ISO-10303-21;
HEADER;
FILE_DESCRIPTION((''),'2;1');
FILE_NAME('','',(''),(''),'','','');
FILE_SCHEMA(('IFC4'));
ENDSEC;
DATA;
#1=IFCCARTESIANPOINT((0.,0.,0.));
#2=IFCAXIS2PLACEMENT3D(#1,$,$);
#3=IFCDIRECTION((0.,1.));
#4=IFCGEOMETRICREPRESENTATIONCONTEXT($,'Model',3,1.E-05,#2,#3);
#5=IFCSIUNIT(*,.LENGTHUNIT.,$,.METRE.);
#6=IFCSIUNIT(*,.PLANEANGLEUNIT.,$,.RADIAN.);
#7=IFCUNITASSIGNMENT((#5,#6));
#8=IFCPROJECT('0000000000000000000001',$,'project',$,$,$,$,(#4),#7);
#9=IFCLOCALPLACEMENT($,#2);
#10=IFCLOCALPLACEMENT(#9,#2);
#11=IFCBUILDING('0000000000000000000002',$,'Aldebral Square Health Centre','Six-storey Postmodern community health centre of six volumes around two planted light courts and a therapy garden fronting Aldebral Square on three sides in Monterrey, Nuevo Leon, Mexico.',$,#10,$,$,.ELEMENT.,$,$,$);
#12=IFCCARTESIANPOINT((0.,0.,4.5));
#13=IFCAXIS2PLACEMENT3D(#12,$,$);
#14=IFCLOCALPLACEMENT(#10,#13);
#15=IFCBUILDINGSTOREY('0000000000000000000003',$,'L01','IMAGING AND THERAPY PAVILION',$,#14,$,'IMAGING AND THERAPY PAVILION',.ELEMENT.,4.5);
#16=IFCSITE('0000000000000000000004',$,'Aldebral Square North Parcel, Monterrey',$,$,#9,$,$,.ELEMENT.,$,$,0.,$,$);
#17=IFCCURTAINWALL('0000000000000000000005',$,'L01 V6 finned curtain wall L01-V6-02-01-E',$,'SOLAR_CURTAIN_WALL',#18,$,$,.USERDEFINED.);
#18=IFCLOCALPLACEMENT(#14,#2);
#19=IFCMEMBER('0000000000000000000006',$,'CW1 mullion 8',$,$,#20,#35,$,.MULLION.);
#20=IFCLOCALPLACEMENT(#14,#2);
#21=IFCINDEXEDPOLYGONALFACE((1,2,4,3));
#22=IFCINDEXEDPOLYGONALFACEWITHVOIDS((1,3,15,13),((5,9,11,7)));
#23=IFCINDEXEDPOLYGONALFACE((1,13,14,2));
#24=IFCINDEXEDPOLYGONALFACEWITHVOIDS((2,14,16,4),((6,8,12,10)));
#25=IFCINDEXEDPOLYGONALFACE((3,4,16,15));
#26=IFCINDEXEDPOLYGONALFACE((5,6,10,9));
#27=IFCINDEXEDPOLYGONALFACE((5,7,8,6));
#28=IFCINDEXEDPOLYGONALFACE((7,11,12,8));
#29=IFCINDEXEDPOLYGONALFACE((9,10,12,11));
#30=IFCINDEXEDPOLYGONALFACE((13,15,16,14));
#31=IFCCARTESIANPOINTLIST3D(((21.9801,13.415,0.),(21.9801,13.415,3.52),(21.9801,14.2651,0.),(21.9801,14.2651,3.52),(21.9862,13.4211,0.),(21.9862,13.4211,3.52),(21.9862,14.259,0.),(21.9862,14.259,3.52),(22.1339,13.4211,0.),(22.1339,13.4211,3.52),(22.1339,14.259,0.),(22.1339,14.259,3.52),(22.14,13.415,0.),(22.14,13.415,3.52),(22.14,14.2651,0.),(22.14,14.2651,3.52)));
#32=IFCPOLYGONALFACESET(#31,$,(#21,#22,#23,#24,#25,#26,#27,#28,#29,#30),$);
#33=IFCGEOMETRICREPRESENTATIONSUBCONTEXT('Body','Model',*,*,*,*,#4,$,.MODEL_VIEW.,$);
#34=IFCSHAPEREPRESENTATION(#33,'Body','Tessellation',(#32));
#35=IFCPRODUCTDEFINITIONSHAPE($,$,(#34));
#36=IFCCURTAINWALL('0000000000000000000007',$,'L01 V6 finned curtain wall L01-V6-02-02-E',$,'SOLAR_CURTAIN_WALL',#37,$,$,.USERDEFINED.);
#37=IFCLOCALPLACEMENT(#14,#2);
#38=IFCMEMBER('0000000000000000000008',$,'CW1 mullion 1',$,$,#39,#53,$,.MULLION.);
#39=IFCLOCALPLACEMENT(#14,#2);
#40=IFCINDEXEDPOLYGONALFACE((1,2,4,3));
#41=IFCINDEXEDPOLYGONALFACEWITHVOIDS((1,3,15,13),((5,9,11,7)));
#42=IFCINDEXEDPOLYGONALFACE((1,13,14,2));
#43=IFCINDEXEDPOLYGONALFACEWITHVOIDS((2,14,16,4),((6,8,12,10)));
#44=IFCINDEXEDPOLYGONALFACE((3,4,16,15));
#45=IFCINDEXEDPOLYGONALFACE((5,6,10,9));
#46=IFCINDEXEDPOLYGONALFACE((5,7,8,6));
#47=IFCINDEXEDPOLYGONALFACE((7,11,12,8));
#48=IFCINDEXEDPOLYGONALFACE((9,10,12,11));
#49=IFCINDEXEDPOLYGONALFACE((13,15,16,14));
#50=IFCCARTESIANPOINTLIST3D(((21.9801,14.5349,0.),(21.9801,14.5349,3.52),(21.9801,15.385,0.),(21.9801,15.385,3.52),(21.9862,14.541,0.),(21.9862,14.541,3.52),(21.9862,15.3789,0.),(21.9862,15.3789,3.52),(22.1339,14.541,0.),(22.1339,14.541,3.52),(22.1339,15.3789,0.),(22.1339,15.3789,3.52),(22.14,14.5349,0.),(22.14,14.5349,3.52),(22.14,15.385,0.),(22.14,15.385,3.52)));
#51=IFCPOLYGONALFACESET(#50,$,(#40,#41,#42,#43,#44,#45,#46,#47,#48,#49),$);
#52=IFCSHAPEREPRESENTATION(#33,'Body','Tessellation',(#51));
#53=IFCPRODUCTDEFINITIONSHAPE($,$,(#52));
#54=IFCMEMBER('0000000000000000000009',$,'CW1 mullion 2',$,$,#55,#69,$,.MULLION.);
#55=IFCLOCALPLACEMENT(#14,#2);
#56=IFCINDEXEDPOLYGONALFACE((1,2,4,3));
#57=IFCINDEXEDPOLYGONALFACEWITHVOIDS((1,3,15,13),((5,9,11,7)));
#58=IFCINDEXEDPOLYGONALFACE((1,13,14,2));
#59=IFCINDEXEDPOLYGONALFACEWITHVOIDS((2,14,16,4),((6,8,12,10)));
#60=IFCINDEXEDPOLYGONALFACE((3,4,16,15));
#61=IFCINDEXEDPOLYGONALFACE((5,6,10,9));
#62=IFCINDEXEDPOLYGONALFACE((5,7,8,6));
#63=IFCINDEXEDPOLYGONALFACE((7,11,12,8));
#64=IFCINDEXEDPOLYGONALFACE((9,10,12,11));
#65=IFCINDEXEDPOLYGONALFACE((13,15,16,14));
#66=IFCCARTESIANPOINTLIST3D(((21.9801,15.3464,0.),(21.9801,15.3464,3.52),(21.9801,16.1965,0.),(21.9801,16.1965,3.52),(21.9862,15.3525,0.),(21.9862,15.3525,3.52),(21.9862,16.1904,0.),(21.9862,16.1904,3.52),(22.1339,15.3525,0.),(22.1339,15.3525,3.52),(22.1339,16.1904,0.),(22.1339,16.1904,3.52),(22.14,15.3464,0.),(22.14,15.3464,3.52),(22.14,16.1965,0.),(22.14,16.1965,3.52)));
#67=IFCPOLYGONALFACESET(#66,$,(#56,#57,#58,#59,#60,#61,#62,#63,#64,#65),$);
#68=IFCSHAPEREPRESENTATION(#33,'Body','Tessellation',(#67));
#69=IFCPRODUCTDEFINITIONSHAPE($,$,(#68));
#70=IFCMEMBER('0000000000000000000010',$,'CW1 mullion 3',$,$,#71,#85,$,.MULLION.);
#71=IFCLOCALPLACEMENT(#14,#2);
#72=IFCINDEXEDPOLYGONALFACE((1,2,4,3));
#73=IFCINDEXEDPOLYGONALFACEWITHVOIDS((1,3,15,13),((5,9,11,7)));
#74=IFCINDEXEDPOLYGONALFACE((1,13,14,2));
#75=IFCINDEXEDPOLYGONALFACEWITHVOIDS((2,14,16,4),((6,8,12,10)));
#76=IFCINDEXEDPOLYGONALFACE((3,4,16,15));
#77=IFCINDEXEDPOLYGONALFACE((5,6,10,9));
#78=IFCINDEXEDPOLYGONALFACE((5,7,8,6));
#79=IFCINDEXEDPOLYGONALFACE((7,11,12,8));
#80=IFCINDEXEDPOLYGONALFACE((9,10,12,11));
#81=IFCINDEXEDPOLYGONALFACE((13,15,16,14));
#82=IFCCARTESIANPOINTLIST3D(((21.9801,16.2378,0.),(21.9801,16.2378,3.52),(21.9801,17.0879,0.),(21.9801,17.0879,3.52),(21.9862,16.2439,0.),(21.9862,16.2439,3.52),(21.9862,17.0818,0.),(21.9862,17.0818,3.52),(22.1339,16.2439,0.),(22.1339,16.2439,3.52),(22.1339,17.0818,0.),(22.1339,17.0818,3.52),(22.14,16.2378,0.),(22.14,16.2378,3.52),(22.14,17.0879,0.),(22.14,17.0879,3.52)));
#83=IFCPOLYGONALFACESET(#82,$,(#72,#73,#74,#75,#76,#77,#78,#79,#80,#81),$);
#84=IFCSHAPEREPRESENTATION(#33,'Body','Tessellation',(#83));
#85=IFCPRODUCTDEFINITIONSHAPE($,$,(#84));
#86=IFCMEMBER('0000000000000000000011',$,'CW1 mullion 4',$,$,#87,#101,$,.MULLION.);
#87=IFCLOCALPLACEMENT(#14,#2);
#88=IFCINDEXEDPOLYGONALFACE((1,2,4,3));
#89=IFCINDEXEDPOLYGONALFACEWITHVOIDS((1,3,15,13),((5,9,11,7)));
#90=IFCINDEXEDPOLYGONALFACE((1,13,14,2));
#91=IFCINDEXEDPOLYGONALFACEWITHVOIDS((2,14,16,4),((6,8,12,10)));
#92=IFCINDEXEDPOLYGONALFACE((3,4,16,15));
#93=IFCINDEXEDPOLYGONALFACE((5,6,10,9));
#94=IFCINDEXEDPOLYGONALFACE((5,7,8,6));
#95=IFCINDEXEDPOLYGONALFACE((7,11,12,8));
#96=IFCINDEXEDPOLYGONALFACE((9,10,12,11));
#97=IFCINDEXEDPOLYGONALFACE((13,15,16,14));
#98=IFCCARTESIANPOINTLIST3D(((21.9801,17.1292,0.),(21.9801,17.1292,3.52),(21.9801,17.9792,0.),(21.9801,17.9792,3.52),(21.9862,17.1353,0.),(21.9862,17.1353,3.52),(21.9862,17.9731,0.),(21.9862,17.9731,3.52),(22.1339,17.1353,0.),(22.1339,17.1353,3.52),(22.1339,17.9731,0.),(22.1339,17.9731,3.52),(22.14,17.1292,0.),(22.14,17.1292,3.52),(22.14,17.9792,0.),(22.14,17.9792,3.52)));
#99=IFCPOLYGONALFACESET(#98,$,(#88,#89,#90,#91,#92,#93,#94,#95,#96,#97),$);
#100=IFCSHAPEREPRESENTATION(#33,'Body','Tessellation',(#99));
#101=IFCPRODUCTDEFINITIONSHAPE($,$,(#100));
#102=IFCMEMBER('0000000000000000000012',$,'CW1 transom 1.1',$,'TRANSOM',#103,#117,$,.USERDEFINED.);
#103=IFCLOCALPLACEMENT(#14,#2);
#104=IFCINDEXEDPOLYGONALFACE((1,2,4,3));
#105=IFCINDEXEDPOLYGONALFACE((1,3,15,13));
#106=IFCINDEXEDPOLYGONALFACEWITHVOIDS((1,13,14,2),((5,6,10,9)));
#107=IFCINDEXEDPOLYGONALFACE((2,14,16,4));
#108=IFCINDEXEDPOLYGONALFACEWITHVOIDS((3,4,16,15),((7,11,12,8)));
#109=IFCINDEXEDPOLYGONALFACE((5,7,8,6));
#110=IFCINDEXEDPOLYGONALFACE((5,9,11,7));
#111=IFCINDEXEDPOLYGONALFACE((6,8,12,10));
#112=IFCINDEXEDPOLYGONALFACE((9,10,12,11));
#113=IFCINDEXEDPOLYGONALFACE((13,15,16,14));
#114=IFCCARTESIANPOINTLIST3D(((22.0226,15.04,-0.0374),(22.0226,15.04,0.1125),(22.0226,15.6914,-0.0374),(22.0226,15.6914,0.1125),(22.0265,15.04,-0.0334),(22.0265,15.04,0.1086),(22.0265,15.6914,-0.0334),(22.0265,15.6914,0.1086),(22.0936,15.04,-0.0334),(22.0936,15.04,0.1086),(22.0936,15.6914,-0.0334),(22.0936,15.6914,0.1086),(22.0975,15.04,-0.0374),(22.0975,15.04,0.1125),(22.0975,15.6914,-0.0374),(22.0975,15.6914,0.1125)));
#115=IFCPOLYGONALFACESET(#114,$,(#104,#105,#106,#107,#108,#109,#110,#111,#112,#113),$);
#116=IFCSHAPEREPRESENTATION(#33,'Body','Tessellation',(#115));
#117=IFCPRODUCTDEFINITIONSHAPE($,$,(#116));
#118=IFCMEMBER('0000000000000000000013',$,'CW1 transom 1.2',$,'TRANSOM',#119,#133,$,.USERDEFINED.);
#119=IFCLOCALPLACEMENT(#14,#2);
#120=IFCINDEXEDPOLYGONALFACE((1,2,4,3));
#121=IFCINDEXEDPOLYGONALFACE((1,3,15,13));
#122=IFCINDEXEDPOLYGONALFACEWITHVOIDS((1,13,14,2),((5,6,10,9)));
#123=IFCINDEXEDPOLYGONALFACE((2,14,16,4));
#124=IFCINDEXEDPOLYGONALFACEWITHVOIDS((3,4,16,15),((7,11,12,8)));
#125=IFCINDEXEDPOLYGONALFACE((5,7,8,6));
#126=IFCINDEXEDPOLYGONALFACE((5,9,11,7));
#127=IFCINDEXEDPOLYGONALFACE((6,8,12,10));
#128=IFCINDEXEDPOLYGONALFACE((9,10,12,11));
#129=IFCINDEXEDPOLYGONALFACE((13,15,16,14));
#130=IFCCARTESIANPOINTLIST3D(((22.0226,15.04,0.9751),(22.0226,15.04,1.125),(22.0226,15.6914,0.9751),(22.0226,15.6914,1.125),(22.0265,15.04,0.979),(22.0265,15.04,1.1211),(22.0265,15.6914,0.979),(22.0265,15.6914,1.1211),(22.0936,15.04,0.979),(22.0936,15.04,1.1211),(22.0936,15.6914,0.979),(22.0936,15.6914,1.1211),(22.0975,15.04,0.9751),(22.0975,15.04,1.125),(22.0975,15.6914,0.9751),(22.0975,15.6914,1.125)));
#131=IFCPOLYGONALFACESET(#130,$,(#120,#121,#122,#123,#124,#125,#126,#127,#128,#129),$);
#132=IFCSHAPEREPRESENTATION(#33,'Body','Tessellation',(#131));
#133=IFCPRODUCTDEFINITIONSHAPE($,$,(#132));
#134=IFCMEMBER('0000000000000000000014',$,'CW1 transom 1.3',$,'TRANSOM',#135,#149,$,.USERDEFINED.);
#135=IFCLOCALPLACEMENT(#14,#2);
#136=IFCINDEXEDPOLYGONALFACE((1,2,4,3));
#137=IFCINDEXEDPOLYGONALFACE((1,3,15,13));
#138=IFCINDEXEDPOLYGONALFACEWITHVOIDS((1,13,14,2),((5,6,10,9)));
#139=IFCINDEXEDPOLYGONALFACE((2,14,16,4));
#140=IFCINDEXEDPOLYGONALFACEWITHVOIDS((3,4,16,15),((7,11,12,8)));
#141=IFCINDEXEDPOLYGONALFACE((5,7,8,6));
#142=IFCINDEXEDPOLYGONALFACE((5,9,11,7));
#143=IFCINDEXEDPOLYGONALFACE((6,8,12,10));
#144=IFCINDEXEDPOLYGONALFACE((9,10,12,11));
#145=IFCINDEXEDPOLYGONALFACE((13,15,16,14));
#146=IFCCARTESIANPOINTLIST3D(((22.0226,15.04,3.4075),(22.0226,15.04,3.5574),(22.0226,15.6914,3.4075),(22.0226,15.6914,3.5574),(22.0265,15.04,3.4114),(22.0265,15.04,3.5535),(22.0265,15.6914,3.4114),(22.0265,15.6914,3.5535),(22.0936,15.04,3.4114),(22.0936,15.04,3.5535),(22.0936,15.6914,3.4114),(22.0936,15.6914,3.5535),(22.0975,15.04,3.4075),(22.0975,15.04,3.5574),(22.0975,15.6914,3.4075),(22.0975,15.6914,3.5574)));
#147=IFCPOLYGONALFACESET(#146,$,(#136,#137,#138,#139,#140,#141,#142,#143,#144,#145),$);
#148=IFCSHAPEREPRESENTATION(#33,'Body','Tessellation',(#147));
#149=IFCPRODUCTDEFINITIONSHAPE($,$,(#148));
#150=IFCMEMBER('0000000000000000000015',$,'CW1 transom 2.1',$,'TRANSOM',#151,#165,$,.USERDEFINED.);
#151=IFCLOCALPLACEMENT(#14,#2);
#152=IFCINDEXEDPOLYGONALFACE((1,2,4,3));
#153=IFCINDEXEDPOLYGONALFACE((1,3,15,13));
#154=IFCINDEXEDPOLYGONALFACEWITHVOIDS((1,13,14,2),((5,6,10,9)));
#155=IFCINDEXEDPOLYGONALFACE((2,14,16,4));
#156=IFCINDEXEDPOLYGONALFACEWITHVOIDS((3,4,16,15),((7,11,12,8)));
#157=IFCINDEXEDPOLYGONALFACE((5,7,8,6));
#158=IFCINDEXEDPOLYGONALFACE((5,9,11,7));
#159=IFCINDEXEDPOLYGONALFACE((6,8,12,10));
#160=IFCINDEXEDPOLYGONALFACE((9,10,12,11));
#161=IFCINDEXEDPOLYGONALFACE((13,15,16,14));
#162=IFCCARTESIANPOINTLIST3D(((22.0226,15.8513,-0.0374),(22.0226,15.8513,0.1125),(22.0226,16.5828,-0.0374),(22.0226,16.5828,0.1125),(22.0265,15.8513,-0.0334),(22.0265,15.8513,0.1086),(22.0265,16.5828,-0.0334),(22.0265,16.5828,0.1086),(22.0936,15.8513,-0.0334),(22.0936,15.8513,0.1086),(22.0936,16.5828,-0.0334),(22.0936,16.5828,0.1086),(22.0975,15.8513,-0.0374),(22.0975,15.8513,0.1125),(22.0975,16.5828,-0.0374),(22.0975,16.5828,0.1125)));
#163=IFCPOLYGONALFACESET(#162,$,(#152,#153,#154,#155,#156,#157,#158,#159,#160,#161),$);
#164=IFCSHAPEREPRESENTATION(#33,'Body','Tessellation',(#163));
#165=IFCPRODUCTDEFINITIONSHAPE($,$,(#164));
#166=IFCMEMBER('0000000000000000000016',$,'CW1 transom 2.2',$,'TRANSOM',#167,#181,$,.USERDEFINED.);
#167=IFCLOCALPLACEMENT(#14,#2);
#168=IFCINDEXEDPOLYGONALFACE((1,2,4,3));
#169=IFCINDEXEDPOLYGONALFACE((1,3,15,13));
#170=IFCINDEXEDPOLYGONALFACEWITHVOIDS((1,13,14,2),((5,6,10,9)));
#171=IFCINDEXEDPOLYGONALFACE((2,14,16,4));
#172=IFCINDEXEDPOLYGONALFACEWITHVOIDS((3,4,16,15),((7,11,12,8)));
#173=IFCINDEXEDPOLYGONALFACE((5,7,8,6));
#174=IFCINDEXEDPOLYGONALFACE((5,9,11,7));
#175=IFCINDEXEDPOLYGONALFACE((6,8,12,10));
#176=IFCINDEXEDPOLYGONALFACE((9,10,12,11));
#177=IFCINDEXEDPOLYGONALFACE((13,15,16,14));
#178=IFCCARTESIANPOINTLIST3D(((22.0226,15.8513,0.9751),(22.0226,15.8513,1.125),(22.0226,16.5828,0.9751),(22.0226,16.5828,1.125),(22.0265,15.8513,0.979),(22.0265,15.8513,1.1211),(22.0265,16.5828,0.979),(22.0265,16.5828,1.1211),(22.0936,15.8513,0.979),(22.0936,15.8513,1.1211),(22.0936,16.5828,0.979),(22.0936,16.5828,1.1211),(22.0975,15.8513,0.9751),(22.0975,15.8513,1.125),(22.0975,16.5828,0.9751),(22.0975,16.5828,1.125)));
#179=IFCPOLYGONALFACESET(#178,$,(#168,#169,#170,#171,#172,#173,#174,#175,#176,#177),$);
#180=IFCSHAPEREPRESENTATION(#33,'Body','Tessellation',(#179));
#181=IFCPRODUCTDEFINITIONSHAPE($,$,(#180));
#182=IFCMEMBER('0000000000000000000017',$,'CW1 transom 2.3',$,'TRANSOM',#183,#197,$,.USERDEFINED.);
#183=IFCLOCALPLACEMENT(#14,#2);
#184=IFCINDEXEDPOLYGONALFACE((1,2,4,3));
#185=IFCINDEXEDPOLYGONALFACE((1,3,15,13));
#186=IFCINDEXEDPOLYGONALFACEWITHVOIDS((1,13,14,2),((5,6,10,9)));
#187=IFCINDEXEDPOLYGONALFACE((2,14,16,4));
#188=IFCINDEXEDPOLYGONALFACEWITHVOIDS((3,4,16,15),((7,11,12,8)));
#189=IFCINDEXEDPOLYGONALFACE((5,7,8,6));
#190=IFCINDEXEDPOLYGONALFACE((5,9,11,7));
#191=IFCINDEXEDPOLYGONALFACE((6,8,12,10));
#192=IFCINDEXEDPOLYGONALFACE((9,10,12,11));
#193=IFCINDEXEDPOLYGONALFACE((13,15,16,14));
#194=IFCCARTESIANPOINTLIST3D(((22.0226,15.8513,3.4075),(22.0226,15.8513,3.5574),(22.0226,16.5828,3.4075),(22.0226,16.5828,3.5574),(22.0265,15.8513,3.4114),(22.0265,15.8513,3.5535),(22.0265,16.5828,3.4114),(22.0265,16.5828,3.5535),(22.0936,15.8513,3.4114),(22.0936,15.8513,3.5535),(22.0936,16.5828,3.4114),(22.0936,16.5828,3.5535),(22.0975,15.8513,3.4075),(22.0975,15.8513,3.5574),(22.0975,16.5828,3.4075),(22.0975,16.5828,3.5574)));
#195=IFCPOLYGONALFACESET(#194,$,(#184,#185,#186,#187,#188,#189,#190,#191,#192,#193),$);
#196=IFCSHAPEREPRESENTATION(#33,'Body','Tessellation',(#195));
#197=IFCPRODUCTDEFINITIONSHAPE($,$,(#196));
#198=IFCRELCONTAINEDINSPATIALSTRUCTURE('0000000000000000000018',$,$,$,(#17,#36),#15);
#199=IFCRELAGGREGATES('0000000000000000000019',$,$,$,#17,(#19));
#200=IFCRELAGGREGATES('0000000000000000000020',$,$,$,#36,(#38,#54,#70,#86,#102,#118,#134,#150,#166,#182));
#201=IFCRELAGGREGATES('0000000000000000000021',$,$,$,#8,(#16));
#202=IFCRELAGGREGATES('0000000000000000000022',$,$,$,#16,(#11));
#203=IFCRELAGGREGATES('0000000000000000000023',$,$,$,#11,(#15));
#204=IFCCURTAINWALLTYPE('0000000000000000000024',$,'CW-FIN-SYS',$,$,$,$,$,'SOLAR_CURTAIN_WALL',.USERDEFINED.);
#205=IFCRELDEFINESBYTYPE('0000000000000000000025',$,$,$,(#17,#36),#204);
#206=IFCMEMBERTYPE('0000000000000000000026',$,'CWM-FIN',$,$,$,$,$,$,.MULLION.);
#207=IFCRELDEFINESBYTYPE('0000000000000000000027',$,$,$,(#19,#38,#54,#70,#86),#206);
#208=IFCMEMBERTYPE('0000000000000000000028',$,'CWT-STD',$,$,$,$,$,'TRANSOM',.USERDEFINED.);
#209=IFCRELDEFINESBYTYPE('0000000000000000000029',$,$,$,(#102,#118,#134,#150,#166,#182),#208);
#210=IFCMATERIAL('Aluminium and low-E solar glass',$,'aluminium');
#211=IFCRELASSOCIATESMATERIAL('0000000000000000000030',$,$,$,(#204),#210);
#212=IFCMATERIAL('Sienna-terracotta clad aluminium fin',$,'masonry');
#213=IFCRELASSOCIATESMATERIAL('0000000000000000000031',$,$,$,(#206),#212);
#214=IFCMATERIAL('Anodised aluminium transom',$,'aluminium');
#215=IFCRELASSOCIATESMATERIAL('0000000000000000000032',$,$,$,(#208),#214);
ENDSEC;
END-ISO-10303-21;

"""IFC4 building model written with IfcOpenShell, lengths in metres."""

from ifc_helpers import new_model, si_unit, direction, frame, origin, origin_2d, place, context, subcontext, project, spatial, hollow_rectangle, extrude, material, material_profile, profile_set, type_object, element, aggregate, save


model = new_model("IFC4")

# Units and contexts
model_context = context("Model", 3, precision=1e-05, world=origin(), true_north=direction((0.0, 1.0)))
body_context = subcontext(model_context, "Body", "Model", "MODEL_VIEW")
ifc_project = project(units=[si_unit("LENGTHUNIT", "METRE"), si_unit("PLANEANGLEUNIT", "RADIAN")], contexts=[model_context])

# Site, building, storey
site_placement = place(None, origin())
site = spatial("IfcSite", under=ifc_project, at=site_placement, Name="Aldebral Square North Parcel, Monterrey", CompositionType="ELEMENT", RefElevation=0.0)
building_placement = place(site_placement, origin())
building = spatial("IfcBuilding", under=site, at=building_placement, Name="Aldebral Square Health Centre", Description="Six-storey Postmodern community health centre of six volumes around two planted light courts and a therapy garden fronting Aldebral Square on three sides in Monterrey, Nuevo Leon, Mexico.", CompositionType="ELEMENT")
storey_placement = place(building_placement, frame((0.0, 0.0, 4.5)))
storey = spatial("IfcBuildingStorey", under=building, at=storey_placement, Name="L01", Description="IMAGING AND THERAPY PAVILION", LongName="IMAGING AND THERAPY PAVILION", CompositionType="ELEMENT", Elevation=4.5)

# Curtain wall, member
ifc_material_1 = material(Name="Aluminium and low-E solar glass", Category="aluminium")
curtain_wall_type = type_object("IfcCurtainWallType", Name="CW-FIN-SYS", ElementType="SOLAR_CURTAIN_WALL", PredefinedType="USERDEFINED", material=ifc_material_1)
curtain_wall_1_placement = place(storey_placement, origin())
curtain_wall_1 = element("IfcCurtainWall", 1, at=curtain_wall_1_placement, inside=storey, type_object=curtain_wall_type, Name="L01 V6 finned curtain wall L01-V6-02-01-E", ObjectType="SOLAR_CURTAIN_WALL", PredefinedType="USERDEFINED")
ifc_material_2 = material(Name="Sienna-terracotta clad aluminium fin", Category="masonry")
ifc_material_profile_1 = material_profile(ifc_material_2, hollow_rectangle(XDim=0.1599, YDim=0.8501, WallThickness=0.0061, at=origin_2d()), Name="FIN 160x850x6")
ifc_profile_set_1 = profile_set([ifc_material_profile_1], Name="Sienna-terracotta clad aluminium fin")
member_type_1 = type_object("IfcMemberType", Name="CWM-FIN", PredefinedType="MULLION", material=ifc_profile_set_1)
member_1_placement = place(storey_placement, frame((22.0601, 13.8401, 0.0), z_axis=(0.0, 0.0, 1.0), x_axis=(-1.0, 0.0, 0.0)))
member_1 = element("IfcMember", 2, at=member_1_placement, type_object=member_type_1, Name="CW1 mullion 8", PredefinedType="MULLION", context=body_context, shape_type="SweptSolid", body=[
    extrude(hollow_rectangle(XDim=0.1599, YDim=0.8501, WallThickness=0.0061, at=origin_2d()), origin(), (0.0, 0.0, 1.0), 3.52),
])
aggregate(curtain_wall_1, [member_1])

# Curtain wall, members
curtain_wall_2_placement = place(storey_placement, origin())
curtain_wall_2 = element("IfcCurtainWall", 3, at=curtain_wall_2_placement, inside=storey, type_object=curtain_wall_type, Name="L01 V6 finned curtain wall L01-V6-02-02-E", ObjectType="SOLAR_CURTAIN_WALL", PredefinedType="USERDEFINED")
member_2_placement = place(storey_placement, frame((22.0601, 14.96, 0.0), z_axis=(0.0, 0.0, 1.0), x_axis=(-1.0, 0.0, 0.0)))
member_2 = element("IfcMember", 4, at=member_2_placement, type_object=member_type_1, Name="CW1 mullion 1", PredefinedType="MULLION", context=body_context, shape_type="SweptSolid", body=[
    extrude(hollow_rectangle(XDim=0.1599, YDim=0.8501, WallThickness=0.0061, at=origin_2d()), origin(), (0.0, 0.0, 1.0), 3.52),
])
member_3_placement = place(storey_placement, frame((22.0601, 15.7715, 0.0), z_axis=(0.0, 0.0, 1.0), x_axis=(-1.0, 0.0, 0.0)))
member_3 = element("IfcMember", 5, at=member_3_placement, type_object=member_type_1, Name="CW1 mullion 2", PredefinedType="MULLION", context=body_context, shape_type="SweptSolid", body=[
    extrude(hollow_rectangle(XDim=0.1599, YDim=0.8501, WallThickness=0.0061, at=origin_2d()), origin(), (0.0, 0.0, 1.0), 3.52),
])
member_4_placement = place(storey_placement, frame((22.0601, 16.6628, 0.0), z_axis=(0.0, 0.0, 1.0), x_axis=(-1.0, 0.0, 0.0)))
member_4 = element("IfcMember", 6, at=member_4_placement, type_object=member_type_1, Name="CW1 mullion 3", PredefinedType="MULLION", context=body_context, shape_type="SweptSolid", body=[
    extrude(hollow_rectangle(XDim=0.1599, YDim=0.8501, WallThickness=0.0061, at=origin_2d()), origin(), (0.0, 0.0, 1.0), 3.52),
])
member_5_placement = place(storey_placement, frame((22.0601, 17.5542, 0.0), z_axis=(0.0, 0.0, 1.0), x_axis=(-1.0, 0.0, 0.0)))
member_5 = element("IfcMember", 7, at=member_5_placement, type_object=member_type_1, Name="CW1 mullion 4", PredefinedType="MULLION", context=body_context, shape_type="SweptSolid", body=[
    extrude(hollow_rectangle(XDim=0.1599, YDim=0.8501, WallThickness=0.0061, at=origin_2d()), origin(), (0.0, 0.0, 1.0), 3.52),
])
ifc_material_3 = material(Name="Anodised aluminium transom", Category="aluminium")
ifc_material_profile_2 = material_profile(ifc_material_3, hollow_rectangle(XDim=0.075, YDim=0.1499, WallThickness=0.0039, at=origin_2d()), Name="CWT 75x150x4")
ifc_profile_set_2 = profile_set([ifc_material_profile_2], Name="Anodised aluminium transom")
member_type_2 = type_object("IfcMemberType", Name="CWT-STD", ElementType="TRANSOM", PredefinedType="USERDEFINED", material=ifc_profile_set_2)
member_6_placement = place(storey_placement, frame((22.0601, 15.04, 0.0376), z_axis=(0.0, 1.0, 0.0), x_axis=(-1.0, 0.0, 0.0)))
member_6 = element("IfcMember", 8, at=member_6_placement, type_object=member_type_2, Name="CW1 transom 1.1", ObjectType="TRANSOM", PredefinedType="USERDEFINED", context=body_context, shape_type="SweptSolid", body=[
    extrude(hollow_rectangle(XDim=0.075, YDim=0.1499, WallThickness=0.0039, at=origin_2d()), origin(), (0.0, 0.0, 1.0), 0.6514),
])
member_7_placement = place(storey_placement, frame((22.0601, 15.04, 1.05), z_axis=(0.0, 1.0, 0.0), x_axis=(-1.0, 0.0, 0.0)))
member_7 = element("IfcMember", 9, at=member_7_placement, type_object=member_type_2, Name="CW1 transom 1.2", ObjectType="TRANSOM", PredefinedType="USERDEFINED", context=body_context, shape_type="SweptSolid", body=[
    extrude(hollow_rectangle(XDim=0.075, YDim=0.1499, WallThickness=0.0039, at=origin_2d()), origin(), (0.0, 0.0, 1.0), 0.6514),
])
member_8_placement = place(storey_placement, frame((22.0601, 15.04, 3.4824), z_axis=(0.0, 1.0, 0.0), x_axis=(-1.0, 0.0, 0.0)))
member_8 = element("IfcMember", 10, at=member_8_placement, type_object=member_type_2, Name="CW1 transom 1.3", ObjectType="TRANSOM", PredefinedType="USERDEFINED", context=body_context, shape_type="SweptSolid", body=[
    extrude(hollow_rectangle(XDim=0.075, YDim=0.1499, WallThickness=0.0039, at=origin_2d()), origin(), (0.0, 0.0, 1.0), 0.6514),
])
member_9_placement = place(storey_placement, frame((22.0601, 15.8513, 0.0376), z_axis=(0.0, 1.0, 0.0), x_axis=(-1.0, 0.0, 0.0)))
member_9 = element("IfcMember", 11, at=member_9_placement, type_object=member_type_2, Name="CW1 transom 2.1", ObjectType="TRANSOM", PredefinedType="USERDEFINED", context=body_context, shape_type="SweptSolid", body=[
    extrude(hollow_rectangle(XDim=0.075, YDim=0.1499, WallThickness=0.0039, at=origin_2d()), origin(), (0.0, 0.0, 1.0), 0.7314),
])
member_10_placement = place(storey_placement, frame((22.0601, 15.8513, 1.05), z_axis=(0.0, 1.0, 0.0), x_axis=(-1.0, 0.0, 0.0)))
member_10 = element("IfcMember", 12, at=member_10_placement, type_object=member_type_2, Name="CW1 transom 2.2", ObjectType="TRANSOM", PredefinedType="USERDEFINED", context=body_context, shape_type="SweptSolid", body=[
    extrude(hollow_rectangle(XDim=0.075, YDim=0.1499, WallThickness=0.0039, at=origin_2d()), origin(), (0.0, 0.0, 1.0), 0.7314),
])
member_11_placement = place(storey_placement, frame((22.0601, 15.8513, 3.4824), z_axis=(0.0, 1.0, 0.0), x_axis=(-1.0, 0.0, 0.0)))
member_11 = element("IfcMember", 13, at=member_11_placement, type_object=member_type_2, Name="CW1 transom 2.3", ObjectType="TRANSOM", PredefinedType="USERDEFINED", context=body_context, shape_type="SweptSolid", body=[
    extrude(hollow_rectangle(XDim=0.075, YDim=0.1499, WallThickness=0.0039, at=origin_2d()), origin(), (0.0, 0.0, 1.0), 0.7314),
])
aggregate(curtain_wall_2, [member_2, member_3, member_4, member_5, member_6, member_7, member_8, member_9, member_10, member_11])

save(model, "model.ifc")
